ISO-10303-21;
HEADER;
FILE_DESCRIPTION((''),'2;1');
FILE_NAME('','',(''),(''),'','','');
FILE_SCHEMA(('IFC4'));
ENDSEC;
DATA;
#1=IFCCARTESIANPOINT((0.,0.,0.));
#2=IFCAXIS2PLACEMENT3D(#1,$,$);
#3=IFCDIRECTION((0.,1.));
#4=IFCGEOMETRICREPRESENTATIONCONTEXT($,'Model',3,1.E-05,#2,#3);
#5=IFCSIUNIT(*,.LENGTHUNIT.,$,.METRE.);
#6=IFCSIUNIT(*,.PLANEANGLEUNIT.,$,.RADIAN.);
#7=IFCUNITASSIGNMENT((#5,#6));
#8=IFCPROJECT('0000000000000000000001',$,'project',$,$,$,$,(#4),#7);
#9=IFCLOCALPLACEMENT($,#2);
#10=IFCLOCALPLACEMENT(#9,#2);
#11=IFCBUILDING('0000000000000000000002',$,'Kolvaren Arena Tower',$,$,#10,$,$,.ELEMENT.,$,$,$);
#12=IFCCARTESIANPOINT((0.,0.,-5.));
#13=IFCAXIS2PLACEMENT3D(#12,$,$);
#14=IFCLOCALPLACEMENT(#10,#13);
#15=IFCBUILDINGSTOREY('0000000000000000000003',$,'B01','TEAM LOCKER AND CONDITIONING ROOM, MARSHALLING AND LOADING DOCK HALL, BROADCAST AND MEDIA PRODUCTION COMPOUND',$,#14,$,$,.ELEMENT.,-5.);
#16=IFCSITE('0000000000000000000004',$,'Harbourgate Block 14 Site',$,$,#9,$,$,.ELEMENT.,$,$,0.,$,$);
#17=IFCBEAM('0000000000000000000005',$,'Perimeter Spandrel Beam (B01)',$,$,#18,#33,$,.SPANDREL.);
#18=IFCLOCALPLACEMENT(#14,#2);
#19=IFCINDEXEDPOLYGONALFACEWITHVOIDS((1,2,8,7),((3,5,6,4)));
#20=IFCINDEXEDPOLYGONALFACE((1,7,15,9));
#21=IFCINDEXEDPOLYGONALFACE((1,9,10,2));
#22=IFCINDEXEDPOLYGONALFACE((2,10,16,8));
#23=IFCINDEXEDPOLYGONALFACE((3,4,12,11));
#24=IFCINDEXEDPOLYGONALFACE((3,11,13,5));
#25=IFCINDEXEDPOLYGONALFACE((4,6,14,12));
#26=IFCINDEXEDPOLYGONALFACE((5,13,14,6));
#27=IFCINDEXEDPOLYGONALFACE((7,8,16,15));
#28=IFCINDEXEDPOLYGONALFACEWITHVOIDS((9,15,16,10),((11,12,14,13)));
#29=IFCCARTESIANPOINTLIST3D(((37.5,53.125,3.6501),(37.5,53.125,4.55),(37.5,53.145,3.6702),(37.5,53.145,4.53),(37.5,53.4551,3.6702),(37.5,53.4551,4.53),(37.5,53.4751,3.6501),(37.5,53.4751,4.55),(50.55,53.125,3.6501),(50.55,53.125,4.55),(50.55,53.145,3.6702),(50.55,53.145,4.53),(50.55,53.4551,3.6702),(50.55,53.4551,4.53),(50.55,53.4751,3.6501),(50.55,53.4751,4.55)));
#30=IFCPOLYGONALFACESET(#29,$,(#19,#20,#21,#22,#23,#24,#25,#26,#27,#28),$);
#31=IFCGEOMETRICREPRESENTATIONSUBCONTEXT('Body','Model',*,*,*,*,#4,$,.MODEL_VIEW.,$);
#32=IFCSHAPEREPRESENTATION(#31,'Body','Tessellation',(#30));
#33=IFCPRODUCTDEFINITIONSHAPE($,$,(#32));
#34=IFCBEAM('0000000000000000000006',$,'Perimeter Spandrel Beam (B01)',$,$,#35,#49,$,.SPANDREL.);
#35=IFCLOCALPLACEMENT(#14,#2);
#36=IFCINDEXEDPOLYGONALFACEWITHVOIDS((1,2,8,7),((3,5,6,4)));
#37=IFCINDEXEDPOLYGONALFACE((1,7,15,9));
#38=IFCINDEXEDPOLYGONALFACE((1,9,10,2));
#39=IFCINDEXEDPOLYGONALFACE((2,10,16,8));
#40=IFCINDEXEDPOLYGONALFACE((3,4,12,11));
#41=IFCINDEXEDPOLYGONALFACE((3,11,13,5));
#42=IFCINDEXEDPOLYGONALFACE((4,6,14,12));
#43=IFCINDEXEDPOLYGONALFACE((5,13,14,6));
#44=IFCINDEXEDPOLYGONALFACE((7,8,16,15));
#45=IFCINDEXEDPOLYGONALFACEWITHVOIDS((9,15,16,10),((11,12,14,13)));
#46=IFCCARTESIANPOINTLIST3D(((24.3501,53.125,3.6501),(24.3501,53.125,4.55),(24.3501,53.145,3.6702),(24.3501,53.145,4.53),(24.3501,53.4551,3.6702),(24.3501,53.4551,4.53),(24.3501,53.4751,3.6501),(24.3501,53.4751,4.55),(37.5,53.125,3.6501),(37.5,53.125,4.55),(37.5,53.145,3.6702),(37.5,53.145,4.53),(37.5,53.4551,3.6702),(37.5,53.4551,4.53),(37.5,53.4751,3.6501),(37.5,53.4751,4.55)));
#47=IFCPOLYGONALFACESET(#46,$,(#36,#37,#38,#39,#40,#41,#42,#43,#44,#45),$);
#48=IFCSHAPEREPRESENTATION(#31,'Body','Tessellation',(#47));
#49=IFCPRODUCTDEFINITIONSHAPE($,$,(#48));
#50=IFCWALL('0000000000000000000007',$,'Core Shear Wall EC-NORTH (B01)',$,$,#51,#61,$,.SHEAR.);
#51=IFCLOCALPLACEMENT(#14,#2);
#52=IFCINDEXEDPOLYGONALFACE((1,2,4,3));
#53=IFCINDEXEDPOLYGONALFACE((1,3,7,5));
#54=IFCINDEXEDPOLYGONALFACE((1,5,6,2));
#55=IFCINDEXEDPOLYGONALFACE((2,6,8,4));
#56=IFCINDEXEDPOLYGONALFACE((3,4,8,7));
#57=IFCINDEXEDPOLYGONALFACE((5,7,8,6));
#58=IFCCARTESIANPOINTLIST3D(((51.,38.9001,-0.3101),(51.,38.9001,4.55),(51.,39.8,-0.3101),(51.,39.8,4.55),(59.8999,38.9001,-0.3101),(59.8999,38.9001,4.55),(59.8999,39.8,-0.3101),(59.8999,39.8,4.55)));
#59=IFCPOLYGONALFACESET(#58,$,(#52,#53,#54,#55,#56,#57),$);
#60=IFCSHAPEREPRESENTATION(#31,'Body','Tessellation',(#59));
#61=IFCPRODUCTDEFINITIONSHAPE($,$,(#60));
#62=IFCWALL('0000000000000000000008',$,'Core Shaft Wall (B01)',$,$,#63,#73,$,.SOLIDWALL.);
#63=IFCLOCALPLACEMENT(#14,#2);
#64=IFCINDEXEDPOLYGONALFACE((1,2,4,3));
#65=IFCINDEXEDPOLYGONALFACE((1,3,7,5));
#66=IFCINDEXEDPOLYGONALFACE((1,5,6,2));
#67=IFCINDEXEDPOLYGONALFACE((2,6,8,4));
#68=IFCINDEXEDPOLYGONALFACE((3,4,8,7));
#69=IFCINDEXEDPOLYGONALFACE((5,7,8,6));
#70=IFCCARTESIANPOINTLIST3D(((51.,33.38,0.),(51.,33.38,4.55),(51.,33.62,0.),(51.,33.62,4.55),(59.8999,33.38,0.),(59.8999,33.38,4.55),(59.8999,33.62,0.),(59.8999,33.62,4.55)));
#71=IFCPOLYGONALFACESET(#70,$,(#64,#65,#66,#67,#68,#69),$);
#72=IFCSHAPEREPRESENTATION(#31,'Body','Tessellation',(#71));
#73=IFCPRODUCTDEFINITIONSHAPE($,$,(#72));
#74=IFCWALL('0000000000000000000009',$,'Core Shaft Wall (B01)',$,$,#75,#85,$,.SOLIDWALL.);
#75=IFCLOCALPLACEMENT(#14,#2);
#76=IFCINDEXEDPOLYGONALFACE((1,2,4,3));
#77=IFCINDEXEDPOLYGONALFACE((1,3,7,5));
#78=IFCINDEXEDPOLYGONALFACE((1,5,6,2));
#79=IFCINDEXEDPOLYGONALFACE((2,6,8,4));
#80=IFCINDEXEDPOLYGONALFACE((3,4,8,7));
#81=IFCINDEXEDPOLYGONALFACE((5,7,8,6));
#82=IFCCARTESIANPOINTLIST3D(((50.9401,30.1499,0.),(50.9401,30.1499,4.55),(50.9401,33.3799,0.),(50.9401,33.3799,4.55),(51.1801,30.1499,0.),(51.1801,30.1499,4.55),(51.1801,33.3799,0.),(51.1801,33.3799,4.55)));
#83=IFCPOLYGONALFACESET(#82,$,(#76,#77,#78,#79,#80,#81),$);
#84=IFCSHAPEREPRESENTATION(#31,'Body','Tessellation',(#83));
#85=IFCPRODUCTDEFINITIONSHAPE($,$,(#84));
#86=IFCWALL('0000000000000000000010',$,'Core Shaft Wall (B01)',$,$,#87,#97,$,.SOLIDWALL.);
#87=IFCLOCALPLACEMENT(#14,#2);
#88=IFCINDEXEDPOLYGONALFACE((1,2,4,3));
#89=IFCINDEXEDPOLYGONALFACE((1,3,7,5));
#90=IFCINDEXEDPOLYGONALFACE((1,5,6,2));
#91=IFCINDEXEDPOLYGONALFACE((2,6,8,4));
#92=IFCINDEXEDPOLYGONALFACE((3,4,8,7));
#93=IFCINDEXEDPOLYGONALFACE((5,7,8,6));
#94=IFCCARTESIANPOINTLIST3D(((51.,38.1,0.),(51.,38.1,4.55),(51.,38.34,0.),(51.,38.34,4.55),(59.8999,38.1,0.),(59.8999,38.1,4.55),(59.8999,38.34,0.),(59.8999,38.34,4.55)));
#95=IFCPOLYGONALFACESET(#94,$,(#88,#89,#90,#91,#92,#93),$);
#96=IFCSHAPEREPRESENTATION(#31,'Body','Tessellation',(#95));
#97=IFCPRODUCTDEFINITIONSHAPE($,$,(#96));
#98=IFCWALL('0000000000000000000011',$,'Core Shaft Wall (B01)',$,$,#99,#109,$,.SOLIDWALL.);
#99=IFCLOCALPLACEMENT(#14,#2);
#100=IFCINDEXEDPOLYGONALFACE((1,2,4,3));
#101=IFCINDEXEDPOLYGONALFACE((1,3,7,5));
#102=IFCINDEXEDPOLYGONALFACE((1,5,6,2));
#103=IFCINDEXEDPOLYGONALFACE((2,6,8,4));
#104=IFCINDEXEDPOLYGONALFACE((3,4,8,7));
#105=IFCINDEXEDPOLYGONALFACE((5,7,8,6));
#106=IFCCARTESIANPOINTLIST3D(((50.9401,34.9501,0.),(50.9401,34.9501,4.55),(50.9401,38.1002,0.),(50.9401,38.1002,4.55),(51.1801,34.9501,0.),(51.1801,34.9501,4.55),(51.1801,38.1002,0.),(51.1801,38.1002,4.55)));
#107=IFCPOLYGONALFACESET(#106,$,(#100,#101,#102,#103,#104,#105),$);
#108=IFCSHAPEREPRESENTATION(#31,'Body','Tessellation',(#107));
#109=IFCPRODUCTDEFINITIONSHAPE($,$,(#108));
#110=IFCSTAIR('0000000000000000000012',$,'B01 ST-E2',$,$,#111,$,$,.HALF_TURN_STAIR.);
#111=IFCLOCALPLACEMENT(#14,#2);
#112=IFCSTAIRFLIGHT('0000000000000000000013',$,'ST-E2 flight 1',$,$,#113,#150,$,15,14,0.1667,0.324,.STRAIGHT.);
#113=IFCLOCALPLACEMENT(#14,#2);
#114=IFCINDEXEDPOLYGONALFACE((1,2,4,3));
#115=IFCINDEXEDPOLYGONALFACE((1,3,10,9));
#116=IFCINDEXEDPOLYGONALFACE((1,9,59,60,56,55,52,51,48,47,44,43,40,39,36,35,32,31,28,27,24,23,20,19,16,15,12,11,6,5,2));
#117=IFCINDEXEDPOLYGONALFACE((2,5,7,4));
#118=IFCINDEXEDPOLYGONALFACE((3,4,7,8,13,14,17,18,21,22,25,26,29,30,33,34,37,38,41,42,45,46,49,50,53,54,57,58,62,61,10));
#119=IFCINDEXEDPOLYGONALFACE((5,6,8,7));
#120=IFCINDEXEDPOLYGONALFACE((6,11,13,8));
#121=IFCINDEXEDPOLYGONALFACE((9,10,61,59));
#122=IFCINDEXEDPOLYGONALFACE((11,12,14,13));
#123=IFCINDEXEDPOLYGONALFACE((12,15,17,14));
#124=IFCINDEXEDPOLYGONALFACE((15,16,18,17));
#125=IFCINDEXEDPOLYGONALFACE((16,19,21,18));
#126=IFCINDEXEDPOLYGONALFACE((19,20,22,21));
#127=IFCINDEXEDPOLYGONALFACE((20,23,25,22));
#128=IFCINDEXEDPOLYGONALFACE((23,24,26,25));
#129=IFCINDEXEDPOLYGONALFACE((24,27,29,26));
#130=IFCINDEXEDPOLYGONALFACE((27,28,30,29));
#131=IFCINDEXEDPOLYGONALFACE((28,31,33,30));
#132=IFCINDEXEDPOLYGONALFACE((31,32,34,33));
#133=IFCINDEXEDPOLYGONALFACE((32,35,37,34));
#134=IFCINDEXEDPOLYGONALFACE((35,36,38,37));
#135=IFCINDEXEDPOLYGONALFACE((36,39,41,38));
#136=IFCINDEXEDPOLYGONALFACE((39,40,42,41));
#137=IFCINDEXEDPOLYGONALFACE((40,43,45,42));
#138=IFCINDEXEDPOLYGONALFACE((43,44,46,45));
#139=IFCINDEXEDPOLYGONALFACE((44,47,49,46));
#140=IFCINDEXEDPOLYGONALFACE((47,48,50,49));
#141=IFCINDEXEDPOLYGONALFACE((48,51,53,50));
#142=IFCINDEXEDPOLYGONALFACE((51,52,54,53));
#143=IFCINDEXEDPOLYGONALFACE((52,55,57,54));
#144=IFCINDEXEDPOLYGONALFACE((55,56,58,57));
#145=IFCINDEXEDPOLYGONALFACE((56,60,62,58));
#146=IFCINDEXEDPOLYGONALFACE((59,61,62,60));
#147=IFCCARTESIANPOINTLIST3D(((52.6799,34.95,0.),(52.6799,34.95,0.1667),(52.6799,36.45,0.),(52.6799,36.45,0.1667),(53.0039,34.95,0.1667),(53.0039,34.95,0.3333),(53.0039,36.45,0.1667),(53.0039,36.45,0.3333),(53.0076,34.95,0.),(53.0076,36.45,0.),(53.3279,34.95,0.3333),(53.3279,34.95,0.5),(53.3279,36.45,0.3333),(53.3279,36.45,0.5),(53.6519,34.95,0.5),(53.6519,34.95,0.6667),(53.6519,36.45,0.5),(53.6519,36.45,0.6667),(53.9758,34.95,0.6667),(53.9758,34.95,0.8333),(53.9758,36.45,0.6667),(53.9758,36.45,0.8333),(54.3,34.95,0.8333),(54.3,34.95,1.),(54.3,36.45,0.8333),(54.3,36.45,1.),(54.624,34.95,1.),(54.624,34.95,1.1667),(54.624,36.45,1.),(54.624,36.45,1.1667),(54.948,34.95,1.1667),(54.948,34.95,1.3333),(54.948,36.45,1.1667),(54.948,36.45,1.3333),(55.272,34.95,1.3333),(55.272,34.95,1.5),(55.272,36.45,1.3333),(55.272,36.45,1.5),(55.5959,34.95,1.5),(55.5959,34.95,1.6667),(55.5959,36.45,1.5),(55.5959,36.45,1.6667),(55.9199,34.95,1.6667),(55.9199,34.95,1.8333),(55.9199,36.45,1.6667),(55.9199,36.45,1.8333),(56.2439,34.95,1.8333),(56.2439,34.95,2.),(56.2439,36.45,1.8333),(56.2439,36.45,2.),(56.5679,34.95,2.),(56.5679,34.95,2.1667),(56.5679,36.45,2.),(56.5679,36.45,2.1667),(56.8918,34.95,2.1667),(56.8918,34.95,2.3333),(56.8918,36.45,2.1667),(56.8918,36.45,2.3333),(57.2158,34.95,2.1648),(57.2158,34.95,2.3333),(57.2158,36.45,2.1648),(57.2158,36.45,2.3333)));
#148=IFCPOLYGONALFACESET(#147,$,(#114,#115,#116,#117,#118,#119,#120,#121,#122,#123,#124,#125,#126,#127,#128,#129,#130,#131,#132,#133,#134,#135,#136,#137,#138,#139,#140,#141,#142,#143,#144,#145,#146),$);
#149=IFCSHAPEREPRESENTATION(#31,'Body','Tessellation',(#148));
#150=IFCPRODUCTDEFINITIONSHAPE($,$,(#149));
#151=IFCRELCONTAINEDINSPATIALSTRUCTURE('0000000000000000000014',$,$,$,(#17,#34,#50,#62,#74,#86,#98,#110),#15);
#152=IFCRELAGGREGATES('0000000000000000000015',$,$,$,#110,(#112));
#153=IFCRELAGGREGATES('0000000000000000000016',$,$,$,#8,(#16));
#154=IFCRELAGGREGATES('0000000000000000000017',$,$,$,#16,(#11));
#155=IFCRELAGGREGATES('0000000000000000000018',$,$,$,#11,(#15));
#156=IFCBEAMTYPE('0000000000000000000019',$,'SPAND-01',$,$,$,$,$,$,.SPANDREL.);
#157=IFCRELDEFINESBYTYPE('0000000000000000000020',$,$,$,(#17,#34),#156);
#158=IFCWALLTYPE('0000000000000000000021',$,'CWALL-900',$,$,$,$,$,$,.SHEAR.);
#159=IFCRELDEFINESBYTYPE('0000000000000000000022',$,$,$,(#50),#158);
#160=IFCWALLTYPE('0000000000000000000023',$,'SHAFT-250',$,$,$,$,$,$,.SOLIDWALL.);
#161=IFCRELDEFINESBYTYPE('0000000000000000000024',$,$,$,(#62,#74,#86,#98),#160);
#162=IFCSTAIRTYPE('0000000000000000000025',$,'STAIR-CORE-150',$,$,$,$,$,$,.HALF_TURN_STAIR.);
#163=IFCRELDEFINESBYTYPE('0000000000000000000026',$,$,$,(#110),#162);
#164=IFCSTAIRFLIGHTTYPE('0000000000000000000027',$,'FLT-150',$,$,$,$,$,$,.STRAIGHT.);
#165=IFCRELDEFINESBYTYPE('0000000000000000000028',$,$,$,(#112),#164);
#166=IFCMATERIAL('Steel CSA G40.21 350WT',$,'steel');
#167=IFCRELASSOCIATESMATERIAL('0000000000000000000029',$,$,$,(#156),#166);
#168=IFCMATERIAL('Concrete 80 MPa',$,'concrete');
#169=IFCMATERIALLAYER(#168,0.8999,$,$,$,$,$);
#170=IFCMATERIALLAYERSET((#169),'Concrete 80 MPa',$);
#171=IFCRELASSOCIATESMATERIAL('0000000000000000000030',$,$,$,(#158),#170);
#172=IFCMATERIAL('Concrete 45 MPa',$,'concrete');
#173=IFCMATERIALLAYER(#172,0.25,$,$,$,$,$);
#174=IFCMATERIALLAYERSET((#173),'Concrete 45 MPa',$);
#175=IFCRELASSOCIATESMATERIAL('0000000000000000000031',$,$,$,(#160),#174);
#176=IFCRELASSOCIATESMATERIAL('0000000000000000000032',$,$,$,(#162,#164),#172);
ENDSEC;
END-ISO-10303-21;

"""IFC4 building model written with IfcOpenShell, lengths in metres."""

from ifc_helpers import new_model, si_unit, direction, frame, frame_2d, origin, origin_2d, place, context, subcontext, project, spatial, polyline, rectangle, hollow_rectangle, outline, extrude, material, layer, layer_set, material_profile, profile_set, type_object, element, aggregate, save


model = new_model("IFC4")

# Units and contexts
model_context = context("Model", 3, precision=1e-05, world=origin(), true_north=direction((0.0, 1.0)))
body_context = subcontext(model_context, "Body", "Model", "MODEL_VIEW")
ifc_project = project(units=[si_unit("LENGTHUNIT", "METRE"), si_unit("PLANEANGLEUNIT", "RADIAN")], contexts=[model_context])

# Site, building, storey
site_placement = place(None, origin())
site = spatial("IfcSite", under=ifc_project, at=site_placement, Name="Harbourgate Block 14 Site", CompositionType="ELEMENT", RefElevation=0.0)
building_placement = place(site_placement, origin())
building = spatial("IfcBuilding", under=site, at=building_placement, Name="Kolvaren Arena Tower", CompositionType="ELEMENT")
storey_placement = place(building_placement, frame((0.0, 0.0, -5.0)))
storey = spatial("IfcBuildingStorey", under=building, at=storey_placement, Name="B01", Description="TEAM LOCKER AND CONDITIONING ROOM, MARSHALLING AND LOADING DOCK HALL, BROADCAST AND MEDIA PRODUCTION COMPOUND", CompositionType="ELEMENT", Elevation=-5.0)

# Shared definitions
ifc_material_1 = material(Name="Concrete 80 MPa", Category="concrete")

# Beams
ifc_material_2 = material(Name="Steel CSA G40.21 350WT", Category="steel")
ifc_material_profile_1 = material_profile(ifc_material_2, hollow_rectangle(XDim=0.3501, YDim=0.8999, WallThickness=0.02, at=origin_2d()), Name="HSS 900x350x20")
ifc_profile_set_1 = profile_set([ifc_material_profile_1], Name="Steel CSA G40.21 350WT")
beam_type_1 = type_object("IfcBeamType", Name="SPAND-01", PredefinedType="SPANDREL", material=ifc_profile_set_1)
beam_1_placement = place(storey_placement, frame((50.55, 53.3, 4.1001), z_axis=(-1.0, 0.0, 0.0), x_axis=(0.0, -1.0, 0.0)))
element("IfcBeam", 1, at=beam_1_placement, inside=storey, type_object=beam_type_1, Name="Perimeter Spandrel Beam (B01)", PredefinedType="SPANDREL", context=body_context, shape_type="SweptSolid", body=[
    extrude(hollow_rectangle(XDim=0.3501, YDim=0.8999, WallThickness=0.02, at=origin_2d()), origin(), (0.0, 0.0, 1.0), 13.05),
])
beam_2_placement = place(storey_placement, frame((37.5, 53.3, 4.1001), z_axis=(-1.0, 0.0, 0.0), x_axis=(0.0, -1.0, 0.0)))
element("IfcBeam", 2, at=beam_2_placement, inside=storey, type_object=beam_type_1, Name="Perimeter Spandrel Beam (B01)", PredefinedType="SPANDREL", context=body_context, shape_type="SweptSolid", body=[
    extrude(hollow_rectangle(XDim=0.3501, YDim=0.8999, WallThickness=0.02, at=origin_2d()), origin(), (0.0, 0.0, 1.0), 13.1499),
])

# Walls
ifc_layer_1 = layer(ifc_material_1, 0.8999)
ifc_layer_set_1 = layer_set([ifc_layer_1], Name="Concrete 80 MPa")
wall_type_1 = type_object("IfcWallType", Name="CWALL-900", PredefinedType="SHEAR", material=ifc_layer_set_1)
wall_1_placement = place(storey_placement, frame((51.0, 39.3501, -0.3101), z_axis=(0.0, 0.0, 1.0), x_axis=(1.0, 0.0, 0.0)))
element("IfcWall", 3, at=wall_1_placement, inside=storey, type_object=wall_type_1, Name="Core Shear Wall EC-NORTH (B01)", PredefinedType="SHEAR", context=body_context, shape_type="SweptSolid", body=[
    extrude(rectangle(XDim=8.8999, YDim=0.8999, at=frame_2d((4.45, 0.0))), origin(), (0.0, 0.0, 1.0), 4.8601),
])
ifc_material_3 = material(Name="Concrete 45 MPa", Category="concrete")
ifc_layer_2 = layer(ifc_material_3, 0.25)
ifc_layer_set_2 = layer_set([ifc_layer_2], Name="Concrete 45 MPa")
wall_type_2 = type_object("IfcWallType", Name="SHAFT-250", PredefinedType="SOLIDWALL", material=ifc_layer_set_2)
wall_2_placement = place(storey_placement, frame((51.0, 33.5, 0.0), z_axis=(0.0, 0.0, 1.0), x_axis=(1.0, 0.0, 0.0)))
element("IfcWall", 4, at=wall_2_placement, inside=storey, type_object=wall_type_2, Name="Core Shaft Wall (B01)", PredefinedType="SOLIDWALL", context=body_context, shape_type="SweptSolid", body=[
    extrude(rectangle(XDim=8.8999, YDim=0.24, at=frame_2d((4.45, 0.0))), origin(), (0.0, 0.0, 1.0), 4.55),
])
wall_3_placement = place(storey_placement, frame((51.0601, 30.1499, 0.0), z_axis=(0.0, 0.0, 1.0), x_axis=(0.0, 1.0, 0.0)))
element("IfcWall", 5, at=wall_3_placement, inside=storey, type_object=wall_type_2, Name="Core Shaft Wall (B01)", PredefinedType="SOLIDWALL", context=body_context, shape_type="SweptSolid", body=[
    extrude(rectangle(XDim=3.23, YDim=0.24, at=frame_2d((1.615, 0.0))), origin(), (0.0, 0.0, 1.0), 4.55),
])
wall_4_placement = place(storey_placement, frame((51.0, 38.22, 0.0), z_axis=(0.0, 0.0, 1.0), x_axis=(1.0, 0.0, 0.0)))
element("IfcWall", 6, at=wall_4_placement, inside=storey, type_object=wall_type_2, Name="Core Shaft Wall (B01)", PredefinedType="SOLIDWALL", context=body_context, shape_type="SweptSolid", body=[
    extrude(rectangle(XDim=8.8999, YDim=0.24, at=frame_2d((4.45, 0.0))), origin(), (0.0, 0.0, 1.0), 4.55),
])
wall_5_placement = place(storey_placement, frame((51.0601, 34.95, 0.0), z_axis=(0.0, 0.0, 1.0), x_axis=(0.0, 1.0, 0.0)))
element("IfcWall", 7, at=wall_5_placement, inside=storey, type_object=wall_type_2, Name="Core Shaft Wall (B01)", PredefinedType="SOLIDWALL", context=body_context, shape_type="SweptSolid", body=[
    extrude(rectangle(XDim=3.1501, YDim=0.24, at=frame_2d((1.5752, 0.0))), origin(), (0.0, 0.0, 1.0), 4.55),
])

# Stair, stair flight
stair_type_1 = type_object("IfcStairType", Name="STAIR-CORE-150", PredefinedType="HALF_TURN_STAIR", material=ifc_material_3)
stair_1_placement = place(storey_placement, origin())
stair_1 = element("IfcStair", 8, at=stair_1_placement, inside=storey, type_object=stair_type_1, Name="B01 ST-E2", PredefinedType="HALF_TURN_STAIR")
stair_flight_type_1 = type_object("IfcStairFlightType", Name="FLT-150", PredefinedType="STRAIGHT", material=ifc_material_3)
stair_flight_1_placement = place(storey_placement, frame((52.6799, 35.7, 0.0), z_axis=(0.0, 0.0, 1.0), x_axis=(1.0, 0.0, 0.0)))
stair_flight_1 = element("IfcStairFlight", 9, at=stair_flight_1_placement, type_object=stair_flight_type_1, Name="ST-E2 flight 1", NumberOfRisers=15, NumberOfTreads=14, PredefinedType="STRAIGHT", RiserHeight=0.1667, TreadLength=0.324, context=body_context, shape_type="SweptSolid", body=[
    extrude(outline(polyline([(0.0, 0.0), (0.0, 0.1667), (0.324, 0.1667), (0.324, 0.3333), (0.6479, 0.3333), (0.6479, 0.5), (0.9719, 0.5), (0.9719, 0.6667), (1.2959, 0.6667), (1.2959, 0.8333), (1.6201, 0.8333), (1.6201, 1.0), (1.9441, 1.0), (1.9441, 1.1667), (2.2681, 1.1667), (2.2681, 1.3333), (2.592, 1.3333), (2.592, 1.5), (2.916, 1.5), (2.916, 1.6667), (3.24, 1.6667), (3.24, 1.8333), (3.564, 1.8333), (3.564, 2.0), (3.8879, 2.0), (3.8879, 2.1667), (4.2119, 2.1667), (4.2119, 2.3333), (4.5359, 2.3333), (4.5359, 2.5), (4.5359, 2.1648), (0.3276, 0.0), (0.0, 0.0)])), frame((0.0, 0.75, 0.0), z_axis=(0.0, -1.0, 0.0), x_axis=(1.0, 0.0, 0.0)), (0.0, 0.0, 1.0), 1.5),
])
aggregate(stair_1, [stair_flight_1])

save(model, "model.ifc")
